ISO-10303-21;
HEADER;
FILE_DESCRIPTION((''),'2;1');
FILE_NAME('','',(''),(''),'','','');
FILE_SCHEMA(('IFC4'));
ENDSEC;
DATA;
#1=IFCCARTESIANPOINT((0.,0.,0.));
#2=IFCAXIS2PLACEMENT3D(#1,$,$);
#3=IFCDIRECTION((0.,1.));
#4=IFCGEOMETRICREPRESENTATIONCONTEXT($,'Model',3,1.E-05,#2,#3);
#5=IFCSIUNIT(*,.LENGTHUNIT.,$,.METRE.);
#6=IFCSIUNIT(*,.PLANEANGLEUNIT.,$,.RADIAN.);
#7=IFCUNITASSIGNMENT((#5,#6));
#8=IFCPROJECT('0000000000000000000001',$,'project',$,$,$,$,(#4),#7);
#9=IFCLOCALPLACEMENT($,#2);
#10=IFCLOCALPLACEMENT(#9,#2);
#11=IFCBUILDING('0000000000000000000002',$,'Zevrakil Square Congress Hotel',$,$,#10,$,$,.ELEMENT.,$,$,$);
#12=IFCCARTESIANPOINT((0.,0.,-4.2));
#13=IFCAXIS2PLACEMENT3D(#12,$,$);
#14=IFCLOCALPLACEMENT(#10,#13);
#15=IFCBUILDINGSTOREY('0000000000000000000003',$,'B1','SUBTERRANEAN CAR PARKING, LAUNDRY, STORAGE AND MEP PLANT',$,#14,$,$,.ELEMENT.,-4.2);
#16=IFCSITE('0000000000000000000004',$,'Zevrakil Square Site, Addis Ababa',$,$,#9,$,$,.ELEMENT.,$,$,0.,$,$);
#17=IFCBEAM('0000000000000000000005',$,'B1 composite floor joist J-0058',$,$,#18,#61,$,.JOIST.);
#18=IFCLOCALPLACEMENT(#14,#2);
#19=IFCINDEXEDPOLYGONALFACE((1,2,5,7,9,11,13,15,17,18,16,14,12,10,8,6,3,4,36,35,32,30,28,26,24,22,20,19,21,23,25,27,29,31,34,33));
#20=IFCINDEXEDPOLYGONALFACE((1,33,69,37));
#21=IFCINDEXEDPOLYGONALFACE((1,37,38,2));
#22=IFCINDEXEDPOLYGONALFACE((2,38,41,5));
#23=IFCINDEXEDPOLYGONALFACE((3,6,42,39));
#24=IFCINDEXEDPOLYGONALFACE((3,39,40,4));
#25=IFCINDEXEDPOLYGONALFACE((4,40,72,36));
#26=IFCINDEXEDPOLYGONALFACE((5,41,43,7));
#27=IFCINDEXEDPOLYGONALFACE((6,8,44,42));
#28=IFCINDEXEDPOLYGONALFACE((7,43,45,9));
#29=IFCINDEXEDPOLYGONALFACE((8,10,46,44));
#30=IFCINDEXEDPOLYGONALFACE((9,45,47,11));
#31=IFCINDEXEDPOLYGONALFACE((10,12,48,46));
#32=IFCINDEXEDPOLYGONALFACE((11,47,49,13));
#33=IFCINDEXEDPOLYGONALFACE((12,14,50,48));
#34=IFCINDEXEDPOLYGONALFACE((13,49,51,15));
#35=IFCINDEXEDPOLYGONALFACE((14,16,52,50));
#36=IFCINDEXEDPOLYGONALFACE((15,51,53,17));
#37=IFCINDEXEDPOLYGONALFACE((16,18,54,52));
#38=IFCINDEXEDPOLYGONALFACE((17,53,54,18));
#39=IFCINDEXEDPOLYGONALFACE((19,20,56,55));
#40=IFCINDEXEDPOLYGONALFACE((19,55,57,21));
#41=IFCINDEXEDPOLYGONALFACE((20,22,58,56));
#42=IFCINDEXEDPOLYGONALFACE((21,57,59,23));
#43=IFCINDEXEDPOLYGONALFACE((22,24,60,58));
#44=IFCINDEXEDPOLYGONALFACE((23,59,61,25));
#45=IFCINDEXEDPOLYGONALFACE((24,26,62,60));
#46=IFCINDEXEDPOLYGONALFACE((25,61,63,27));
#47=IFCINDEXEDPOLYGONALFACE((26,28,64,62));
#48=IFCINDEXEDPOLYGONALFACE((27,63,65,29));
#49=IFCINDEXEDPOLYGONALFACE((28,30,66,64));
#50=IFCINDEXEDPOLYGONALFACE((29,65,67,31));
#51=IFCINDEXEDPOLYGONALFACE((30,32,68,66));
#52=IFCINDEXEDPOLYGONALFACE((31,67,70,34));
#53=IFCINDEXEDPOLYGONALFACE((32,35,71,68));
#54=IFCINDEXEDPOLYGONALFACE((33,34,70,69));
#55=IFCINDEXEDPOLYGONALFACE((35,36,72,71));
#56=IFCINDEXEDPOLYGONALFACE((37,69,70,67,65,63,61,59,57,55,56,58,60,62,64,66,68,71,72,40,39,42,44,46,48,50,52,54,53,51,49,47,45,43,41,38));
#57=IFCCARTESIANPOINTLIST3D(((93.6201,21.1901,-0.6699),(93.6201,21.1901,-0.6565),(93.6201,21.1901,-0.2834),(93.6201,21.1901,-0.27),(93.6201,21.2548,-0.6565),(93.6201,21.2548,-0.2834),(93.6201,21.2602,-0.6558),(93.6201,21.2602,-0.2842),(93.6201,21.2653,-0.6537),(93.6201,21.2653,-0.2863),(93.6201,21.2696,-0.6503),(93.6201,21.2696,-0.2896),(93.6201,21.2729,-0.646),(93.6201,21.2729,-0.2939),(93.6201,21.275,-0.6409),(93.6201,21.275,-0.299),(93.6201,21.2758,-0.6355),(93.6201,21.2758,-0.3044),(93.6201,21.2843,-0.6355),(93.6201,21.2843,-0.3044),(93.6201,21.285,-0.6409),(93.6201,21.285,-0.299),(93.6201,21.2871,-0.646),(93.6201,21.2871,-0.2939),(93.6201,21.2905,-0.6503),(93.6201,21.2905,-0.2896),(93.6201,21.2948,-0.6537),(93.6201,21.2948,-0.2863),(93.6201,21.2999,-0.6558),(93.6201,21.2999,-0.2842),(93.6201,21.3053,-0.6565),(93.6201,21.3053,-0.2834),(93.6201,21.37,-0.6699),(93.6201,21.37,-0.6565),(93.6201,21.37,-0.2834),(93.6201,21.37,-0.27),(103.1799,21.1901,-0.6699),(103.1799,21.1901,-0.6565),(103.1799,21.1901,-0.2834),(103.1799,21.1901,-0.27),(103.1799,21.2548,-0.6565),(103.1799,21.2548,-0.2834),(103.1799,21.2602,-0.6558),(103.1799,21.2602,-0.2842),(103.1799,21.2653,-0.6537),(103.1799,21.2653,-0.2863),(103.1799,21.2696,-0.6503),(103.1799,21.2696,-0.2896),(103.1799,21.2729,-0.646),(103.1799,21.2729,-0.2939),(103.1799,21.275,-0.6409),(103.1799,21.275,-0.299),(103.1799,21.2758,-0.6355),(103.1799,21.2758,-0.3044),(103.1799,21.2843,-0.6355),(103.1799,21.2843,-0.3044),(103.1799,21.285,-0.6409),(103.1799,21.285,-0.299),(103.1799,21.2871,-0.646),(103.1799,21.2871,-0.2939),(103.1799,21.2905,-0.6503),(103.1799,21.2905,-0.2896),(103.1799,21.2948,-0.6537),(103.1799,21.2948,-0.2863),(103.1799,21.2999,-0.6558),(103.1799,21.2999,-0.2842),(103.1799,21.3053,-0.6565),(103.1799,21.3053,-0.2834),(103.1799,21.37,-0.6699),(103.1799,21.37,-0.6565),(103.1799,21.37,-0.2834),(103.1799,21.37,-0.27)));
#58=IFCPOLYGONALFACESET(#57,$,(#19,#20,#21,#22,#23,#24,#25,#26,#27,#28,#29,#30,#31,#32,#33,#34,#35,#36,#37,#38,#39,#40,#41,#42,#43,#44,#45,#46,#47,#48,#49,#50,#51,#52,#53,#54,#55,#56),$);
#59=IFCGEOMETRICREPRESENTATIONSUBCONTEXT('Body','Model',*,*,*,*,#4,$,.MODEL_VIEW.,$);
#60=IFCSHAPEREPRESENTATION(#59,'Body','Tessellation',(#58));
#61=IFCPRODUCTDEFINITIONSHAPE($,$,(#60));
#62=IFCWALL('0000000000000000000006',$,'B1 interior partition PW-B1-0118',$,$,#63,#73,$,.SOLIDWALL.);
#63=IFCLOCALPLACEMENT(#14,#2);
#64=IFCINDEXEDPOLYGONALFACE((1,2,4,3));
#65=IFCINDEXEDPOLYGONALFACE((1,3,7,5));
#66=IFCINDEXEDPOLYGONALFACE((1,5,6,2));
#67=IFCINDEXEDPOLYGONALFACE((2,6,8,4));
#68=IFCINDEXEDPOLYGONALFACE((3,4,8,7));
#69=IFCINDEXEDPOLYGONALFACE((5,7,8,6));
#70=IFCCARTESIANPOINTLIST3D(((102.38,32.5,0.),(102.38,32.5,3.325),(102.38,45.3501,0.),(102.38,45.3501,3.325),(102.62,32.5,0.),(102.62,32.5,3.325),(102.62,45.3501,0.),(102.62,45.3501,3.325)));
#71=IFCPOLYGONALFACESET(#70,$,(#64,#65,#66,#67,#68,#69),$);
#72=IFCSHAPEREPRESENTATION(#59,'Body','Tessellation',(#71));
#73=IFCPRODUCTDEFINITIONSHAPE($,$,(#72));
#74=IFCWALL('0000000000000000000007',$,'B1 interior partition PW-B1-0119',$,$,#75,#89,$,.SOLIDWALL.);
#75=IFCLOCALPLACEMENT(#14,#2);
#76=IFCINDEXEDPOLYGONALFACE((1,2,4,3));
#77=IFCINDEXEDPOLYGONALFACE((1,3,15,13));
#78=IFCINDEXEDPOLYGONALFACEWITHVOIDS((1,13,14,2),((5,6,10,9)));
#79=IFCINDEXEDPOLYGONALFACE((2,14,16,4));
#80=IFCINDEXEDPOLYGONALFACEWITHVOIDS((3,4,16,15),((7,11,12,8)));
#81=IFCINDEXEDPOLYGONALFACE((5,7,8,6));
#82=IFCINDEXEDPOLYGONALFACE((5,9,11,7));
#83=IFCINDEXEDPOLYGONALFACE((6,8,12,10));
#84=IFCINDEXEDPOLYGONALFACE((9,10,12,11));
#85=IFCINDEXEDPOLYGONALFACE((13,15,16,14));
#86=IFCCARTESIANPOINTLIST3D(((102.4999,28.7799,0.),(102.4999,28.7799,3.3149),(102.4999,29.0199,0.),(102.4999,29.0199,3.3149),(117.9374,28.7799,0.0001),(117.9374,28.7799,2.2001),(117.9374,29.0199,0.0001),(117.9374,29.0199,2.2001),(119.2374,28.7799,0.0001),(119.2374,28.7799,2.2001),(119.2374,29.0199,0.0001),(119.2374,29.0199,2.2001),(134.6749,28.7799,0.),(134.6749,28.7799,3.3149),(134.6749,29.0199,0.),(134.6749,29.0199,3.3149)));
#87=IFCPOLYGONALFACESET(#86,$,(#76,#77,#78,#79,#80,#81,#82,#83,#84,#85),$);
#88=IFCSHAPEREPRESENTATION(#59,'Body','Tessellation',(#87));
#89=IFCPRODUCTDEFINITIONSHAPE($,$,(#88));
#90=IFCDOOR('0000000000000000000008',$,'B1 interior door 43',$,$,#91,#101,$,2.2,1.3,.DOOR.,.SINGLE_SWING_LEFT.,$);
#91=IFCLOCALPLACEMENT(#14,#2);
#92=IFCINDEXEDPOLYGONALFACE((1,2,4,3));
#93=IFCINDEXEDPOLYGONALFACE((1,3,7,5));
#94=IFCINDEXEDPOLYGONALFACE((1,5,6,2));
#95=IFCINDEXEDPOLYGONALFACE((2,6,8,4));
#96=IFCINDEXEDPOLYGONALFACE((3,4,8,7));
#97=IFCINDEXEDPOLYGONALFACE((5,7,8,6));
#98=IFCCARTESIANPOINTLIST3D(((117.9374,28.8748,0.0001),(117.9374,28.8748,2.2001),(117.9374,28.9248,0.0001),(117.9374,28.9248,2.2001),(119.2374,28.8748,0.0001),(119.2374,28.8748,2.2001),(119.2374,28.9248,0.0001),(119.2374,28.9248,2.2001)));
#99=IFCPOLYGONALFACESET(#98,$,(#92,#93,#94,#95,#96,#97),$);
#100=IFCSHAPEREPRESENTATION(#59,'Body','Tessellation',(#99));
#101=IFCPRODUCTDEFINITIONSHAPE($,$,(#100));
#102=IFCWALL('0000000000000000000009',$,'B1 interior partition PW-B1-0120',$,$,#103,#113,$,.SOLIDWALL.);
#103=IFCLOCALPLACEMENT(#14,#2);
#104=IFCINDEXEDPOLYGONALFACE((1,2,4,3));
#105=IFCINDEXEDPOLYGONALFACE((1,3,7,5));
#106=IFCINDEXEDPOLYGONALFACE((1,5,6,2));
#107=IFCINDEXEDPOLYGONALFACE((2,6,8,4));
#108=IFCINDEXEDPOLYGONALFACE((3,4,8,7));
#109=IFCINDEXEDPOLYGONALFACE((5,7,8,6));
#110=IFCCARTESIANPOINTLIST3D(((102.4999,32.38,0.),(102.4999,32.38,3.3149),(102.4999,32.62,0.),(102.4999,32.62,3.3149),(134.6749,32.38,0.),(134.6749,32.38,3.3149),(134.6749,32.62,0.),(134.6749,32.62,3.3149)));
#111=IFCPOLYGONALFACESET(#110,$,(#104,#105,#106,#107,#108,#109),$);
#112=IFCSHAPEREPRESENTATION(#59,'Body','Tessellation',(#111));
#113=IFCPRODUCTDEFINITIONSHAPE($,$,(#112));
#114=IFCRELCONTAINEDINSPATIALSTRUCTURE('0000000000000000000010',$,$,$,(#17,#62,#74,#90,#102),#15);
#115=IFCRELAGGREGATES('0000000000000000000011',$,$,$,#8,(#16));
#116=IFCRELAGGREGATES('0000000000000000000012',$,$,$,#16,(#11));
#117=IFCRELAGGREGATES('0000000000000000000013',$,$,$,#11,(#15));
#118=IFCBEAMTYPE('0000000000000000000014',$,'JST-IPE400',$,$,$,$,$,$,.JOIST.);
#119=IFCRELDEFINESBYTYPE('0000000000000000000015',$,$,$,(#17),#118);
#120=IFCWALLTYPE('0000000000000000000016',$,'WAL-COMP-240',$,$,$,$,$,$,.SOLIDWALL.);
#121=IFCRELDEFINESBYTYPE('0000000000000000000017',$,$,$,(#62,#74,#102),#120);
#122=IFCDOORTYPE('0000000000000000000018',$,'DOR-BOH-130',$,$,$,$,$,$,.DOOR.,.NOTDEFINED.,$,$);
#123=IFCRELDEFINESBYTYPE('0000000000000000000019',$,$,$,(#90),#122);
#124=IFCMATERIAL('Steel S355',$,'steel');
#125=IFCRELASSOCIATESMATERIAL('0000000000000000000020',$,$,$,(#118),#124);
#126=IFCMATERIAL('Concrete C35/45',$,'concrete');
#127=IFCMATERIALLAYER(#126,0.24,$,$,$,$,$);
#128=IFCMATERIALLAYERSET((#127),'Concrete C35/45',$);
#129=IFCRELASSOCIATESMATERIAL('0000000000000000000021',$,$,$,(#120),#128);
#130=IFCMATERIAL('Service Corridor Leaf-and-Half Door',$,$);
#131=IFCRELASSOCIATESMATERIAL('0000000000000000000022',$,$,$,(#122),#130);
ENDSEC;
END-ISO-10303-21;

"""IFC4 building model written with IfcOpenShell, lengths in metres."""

from ifc_helpers import new_model, si_unit, direction, frame, frame_2d, origin, origin_2d, place, context, subcontext, project, spatial, rectangle, i_section, extrude, material, layer, layer_set, material_profile, profile_set, type_object, element, fill, save


model = new_model("IFC4")

# Units and contexts
model_context = context("Model", 3, precision=1e-05, world=origin(), true_north=direction((0.0, 1.0)))
body_context = subcontext(model_context, "Body", "Model", "MODEL_VIEW")
ifc_project = project(units=[si_unit("LENGTHUNIT", "METRE"), si_unit("PLANEANGLEUNIT", "RADIAN")], contexts=[model_context])

# Site, building, storey
site_placement = place(None, origin())
site = spatial("IfcSite", under=ifc_project, at=site_placement, Name="Zevrakil Square Site, Addis Ababa", CompositionType="ELEMENT", RefElevation=0.0)
building_placement = place(site_placement, origin())
building = spatial("IfcBuilding", under=site, at=building_placement, Name="Zevrakil Square Congress Hotel", CompositionType="ELEMENT")
storey_placement = place(building_placement, frame((0.0, 0.0, -4.2)))
storey = spatial("IfcBuildingStorey", under=building, at=storey_placement, Name="B1", Description="SUBTERRANEAN CAR PARKING, LAUNDRY, STORAGE AND MEP PLANT", CompositionType="ELEMENT", Elevation=-4.2)

# Beam
ifc_material_1 = material(Name="Steel S355", Category="steel")
ifc_material_profile_1 = material_profile(ifc_material_1, i_section(OverallWidth=0.1799, OverallDepth=0.3999, WebThickness=0.0085, FlangeThickness=0.0134, FilletRadius=0.021, at=origin_2d()), Name="IPE 400")
ifc_profile_set_1 = profile_set([ifc_material_profile_1], Name="Steel S355")
beam_type_1 = type_object("IfcBeamType", Name="JST-IPE400", PredefinedType="JOIST", material=ifc_profile_set_1)
beam_1_placement = place(storey_placement, frame((93.6201, 21.28, -0.47), z_axis=(1.0, 0.0, 0.0), x_axis=(0.0, 1.0, 0.0)))
element("IfcBeam", 1, at=beam_1_placement, inside=storey, type_object=beam_type_1, Name="B1 composite floor joist J-0058", PredefinedType="JOIST", context=body_context, shape_type="SweptSolid", body=[
    extrude(i_section(OverallWidth=0.1799, OverallDepth=0.3999, WebThickness=0.0085, FlangeThickness=0.0134, FilletRadius=0.021, at=origin_2d()), origin(), (0.0, 0.0, 1.0), 9.5598),
])

# Wall
ifc_material_2 = material(Name="Concrete C35/45", Category="concrete")
ifc_layer = layer(ifc_material_2, 0.24)
ifc_layer_set = layer_set([ifc_layer], Name="Concrete C35/45")
wall_type = type_object("IfcWallType", Name="WAL-COMP-240", PredefinedType="SOLIDWALL", material=ifc_layer_set)
wall_1_placement = place(storey_placement, frame((102.5, 32.5, 0.0), z_axis=(0.0, 0.0, 1.0), x_axis=(0.0, 1.0, 0.0)))
element("IfcWall", 2, at=wall_1_placement, inside=storey, type_object=wall_type, Name="B1 interior partition PW-B1-0118", PredefinedType="SOLIDWALL", context=body_context, shape_type="SweptSolid", body=[
    extrude(rectangle(XDim=12.8501, YDim=0.24, at=frame_2d((6.425, 0.0))), origin(), (0.0, 0.0, 1.0), 3.325),
])

# Wall, opening, door
wall_2_placement = place(storey_placement, frame((102.5, 28.8999, 0.0), z_axis=(0.0, 0.0, 1.0), x_axis=(1.0, 0.0, 0.0)))
wall_2 = element("IfcWall", 3, at=wall_2_placement, inside=storey, type_object=wall_type, Name="B1 interior partition PW-B1-0119", PredefinedType="SOLIDWALL", context=body_context, shape_type="SweptSolid", body=[
    extrude(rectangle(XDim=32.175, YDim=0.24, at=frame_2d((16.0874, 0.0))), origin(), (0.0, 0.0, 1.0), 3.3149),
])
opening_placement = place(wall_2_placement, frame((15.4375, 0.0, 0.0)))
opening = element("IfcOpeningElement", 4, at=opening_placement, cuts=wall_2, PredefinedType="OPENING", context=body_context, shape_type="SweptSolid", body=[
    extrude(rectangle(XDim=1.3, YDim=2.2, at=frame_2d((0.6499, 1.1001))), frame((0.0, 0.1299, 0.0), z_axis=(0.0, -1.0, 0.0), x_axis=(1.0, 0.0, 0.0)), (0.0, 0.0, 1.0), 0.26),
])
ifc_material_3 = material(Name="Service Corridor Leaf-and-Half Door")
door_type = type_object("IfcDoorType", Name="DOR-BOH-130", OperationType="NOTDEFINED", PredefinedType="DOOR", material=ifc_material_3)
door_placement = place(opening_placement, origin())
door = element("IfcDoor", 5, at=door_placement, inside=storey, type_object=door_type, Name="B1 interior door 43", OperationType="SINGLE_SWING_LEFT", OverallHeight=2.2, OverallWidth=1.3, PredefinedType="DOOR", context=body_context, shape_type="SweptSolid", body=[
    extrude(rectangle(XDim=1.3, YDim=2.2, at=frame_2d((0.6499, 1.1001))), frame((0.0, 0.0249, 0.0), z_axis=(0.0, -1.0, 0.0), x_axis=(1.0, 0.0, 0.0)), (0.0, 0.0, 1.0), 0.05),
])
fill(opening, door)

# Wall
wall_3_placement = place(storey_placement, frame((102.5, 32.5, 0.0), z_axis=(0.0, 0.0, 1.0), x_axis=(1.0, 0.0, 0.0)))
element("IfcWall", 6, at=wall_3_placement, inside=storey, type_object=wall_type, Name="B1 interior partition PW-B1-0120", PredefinedType="SOLIDWALL", context=body_context, shape_type="SweptSolid", body=[
    extrude(rectangle(XDim=32.175, YDim=0.24, at=frame_2d((16.0874, 0.0))), origin(), (0.0, 0.0, 1.0), 3.3149),
])

save(model, "model.ifc")
